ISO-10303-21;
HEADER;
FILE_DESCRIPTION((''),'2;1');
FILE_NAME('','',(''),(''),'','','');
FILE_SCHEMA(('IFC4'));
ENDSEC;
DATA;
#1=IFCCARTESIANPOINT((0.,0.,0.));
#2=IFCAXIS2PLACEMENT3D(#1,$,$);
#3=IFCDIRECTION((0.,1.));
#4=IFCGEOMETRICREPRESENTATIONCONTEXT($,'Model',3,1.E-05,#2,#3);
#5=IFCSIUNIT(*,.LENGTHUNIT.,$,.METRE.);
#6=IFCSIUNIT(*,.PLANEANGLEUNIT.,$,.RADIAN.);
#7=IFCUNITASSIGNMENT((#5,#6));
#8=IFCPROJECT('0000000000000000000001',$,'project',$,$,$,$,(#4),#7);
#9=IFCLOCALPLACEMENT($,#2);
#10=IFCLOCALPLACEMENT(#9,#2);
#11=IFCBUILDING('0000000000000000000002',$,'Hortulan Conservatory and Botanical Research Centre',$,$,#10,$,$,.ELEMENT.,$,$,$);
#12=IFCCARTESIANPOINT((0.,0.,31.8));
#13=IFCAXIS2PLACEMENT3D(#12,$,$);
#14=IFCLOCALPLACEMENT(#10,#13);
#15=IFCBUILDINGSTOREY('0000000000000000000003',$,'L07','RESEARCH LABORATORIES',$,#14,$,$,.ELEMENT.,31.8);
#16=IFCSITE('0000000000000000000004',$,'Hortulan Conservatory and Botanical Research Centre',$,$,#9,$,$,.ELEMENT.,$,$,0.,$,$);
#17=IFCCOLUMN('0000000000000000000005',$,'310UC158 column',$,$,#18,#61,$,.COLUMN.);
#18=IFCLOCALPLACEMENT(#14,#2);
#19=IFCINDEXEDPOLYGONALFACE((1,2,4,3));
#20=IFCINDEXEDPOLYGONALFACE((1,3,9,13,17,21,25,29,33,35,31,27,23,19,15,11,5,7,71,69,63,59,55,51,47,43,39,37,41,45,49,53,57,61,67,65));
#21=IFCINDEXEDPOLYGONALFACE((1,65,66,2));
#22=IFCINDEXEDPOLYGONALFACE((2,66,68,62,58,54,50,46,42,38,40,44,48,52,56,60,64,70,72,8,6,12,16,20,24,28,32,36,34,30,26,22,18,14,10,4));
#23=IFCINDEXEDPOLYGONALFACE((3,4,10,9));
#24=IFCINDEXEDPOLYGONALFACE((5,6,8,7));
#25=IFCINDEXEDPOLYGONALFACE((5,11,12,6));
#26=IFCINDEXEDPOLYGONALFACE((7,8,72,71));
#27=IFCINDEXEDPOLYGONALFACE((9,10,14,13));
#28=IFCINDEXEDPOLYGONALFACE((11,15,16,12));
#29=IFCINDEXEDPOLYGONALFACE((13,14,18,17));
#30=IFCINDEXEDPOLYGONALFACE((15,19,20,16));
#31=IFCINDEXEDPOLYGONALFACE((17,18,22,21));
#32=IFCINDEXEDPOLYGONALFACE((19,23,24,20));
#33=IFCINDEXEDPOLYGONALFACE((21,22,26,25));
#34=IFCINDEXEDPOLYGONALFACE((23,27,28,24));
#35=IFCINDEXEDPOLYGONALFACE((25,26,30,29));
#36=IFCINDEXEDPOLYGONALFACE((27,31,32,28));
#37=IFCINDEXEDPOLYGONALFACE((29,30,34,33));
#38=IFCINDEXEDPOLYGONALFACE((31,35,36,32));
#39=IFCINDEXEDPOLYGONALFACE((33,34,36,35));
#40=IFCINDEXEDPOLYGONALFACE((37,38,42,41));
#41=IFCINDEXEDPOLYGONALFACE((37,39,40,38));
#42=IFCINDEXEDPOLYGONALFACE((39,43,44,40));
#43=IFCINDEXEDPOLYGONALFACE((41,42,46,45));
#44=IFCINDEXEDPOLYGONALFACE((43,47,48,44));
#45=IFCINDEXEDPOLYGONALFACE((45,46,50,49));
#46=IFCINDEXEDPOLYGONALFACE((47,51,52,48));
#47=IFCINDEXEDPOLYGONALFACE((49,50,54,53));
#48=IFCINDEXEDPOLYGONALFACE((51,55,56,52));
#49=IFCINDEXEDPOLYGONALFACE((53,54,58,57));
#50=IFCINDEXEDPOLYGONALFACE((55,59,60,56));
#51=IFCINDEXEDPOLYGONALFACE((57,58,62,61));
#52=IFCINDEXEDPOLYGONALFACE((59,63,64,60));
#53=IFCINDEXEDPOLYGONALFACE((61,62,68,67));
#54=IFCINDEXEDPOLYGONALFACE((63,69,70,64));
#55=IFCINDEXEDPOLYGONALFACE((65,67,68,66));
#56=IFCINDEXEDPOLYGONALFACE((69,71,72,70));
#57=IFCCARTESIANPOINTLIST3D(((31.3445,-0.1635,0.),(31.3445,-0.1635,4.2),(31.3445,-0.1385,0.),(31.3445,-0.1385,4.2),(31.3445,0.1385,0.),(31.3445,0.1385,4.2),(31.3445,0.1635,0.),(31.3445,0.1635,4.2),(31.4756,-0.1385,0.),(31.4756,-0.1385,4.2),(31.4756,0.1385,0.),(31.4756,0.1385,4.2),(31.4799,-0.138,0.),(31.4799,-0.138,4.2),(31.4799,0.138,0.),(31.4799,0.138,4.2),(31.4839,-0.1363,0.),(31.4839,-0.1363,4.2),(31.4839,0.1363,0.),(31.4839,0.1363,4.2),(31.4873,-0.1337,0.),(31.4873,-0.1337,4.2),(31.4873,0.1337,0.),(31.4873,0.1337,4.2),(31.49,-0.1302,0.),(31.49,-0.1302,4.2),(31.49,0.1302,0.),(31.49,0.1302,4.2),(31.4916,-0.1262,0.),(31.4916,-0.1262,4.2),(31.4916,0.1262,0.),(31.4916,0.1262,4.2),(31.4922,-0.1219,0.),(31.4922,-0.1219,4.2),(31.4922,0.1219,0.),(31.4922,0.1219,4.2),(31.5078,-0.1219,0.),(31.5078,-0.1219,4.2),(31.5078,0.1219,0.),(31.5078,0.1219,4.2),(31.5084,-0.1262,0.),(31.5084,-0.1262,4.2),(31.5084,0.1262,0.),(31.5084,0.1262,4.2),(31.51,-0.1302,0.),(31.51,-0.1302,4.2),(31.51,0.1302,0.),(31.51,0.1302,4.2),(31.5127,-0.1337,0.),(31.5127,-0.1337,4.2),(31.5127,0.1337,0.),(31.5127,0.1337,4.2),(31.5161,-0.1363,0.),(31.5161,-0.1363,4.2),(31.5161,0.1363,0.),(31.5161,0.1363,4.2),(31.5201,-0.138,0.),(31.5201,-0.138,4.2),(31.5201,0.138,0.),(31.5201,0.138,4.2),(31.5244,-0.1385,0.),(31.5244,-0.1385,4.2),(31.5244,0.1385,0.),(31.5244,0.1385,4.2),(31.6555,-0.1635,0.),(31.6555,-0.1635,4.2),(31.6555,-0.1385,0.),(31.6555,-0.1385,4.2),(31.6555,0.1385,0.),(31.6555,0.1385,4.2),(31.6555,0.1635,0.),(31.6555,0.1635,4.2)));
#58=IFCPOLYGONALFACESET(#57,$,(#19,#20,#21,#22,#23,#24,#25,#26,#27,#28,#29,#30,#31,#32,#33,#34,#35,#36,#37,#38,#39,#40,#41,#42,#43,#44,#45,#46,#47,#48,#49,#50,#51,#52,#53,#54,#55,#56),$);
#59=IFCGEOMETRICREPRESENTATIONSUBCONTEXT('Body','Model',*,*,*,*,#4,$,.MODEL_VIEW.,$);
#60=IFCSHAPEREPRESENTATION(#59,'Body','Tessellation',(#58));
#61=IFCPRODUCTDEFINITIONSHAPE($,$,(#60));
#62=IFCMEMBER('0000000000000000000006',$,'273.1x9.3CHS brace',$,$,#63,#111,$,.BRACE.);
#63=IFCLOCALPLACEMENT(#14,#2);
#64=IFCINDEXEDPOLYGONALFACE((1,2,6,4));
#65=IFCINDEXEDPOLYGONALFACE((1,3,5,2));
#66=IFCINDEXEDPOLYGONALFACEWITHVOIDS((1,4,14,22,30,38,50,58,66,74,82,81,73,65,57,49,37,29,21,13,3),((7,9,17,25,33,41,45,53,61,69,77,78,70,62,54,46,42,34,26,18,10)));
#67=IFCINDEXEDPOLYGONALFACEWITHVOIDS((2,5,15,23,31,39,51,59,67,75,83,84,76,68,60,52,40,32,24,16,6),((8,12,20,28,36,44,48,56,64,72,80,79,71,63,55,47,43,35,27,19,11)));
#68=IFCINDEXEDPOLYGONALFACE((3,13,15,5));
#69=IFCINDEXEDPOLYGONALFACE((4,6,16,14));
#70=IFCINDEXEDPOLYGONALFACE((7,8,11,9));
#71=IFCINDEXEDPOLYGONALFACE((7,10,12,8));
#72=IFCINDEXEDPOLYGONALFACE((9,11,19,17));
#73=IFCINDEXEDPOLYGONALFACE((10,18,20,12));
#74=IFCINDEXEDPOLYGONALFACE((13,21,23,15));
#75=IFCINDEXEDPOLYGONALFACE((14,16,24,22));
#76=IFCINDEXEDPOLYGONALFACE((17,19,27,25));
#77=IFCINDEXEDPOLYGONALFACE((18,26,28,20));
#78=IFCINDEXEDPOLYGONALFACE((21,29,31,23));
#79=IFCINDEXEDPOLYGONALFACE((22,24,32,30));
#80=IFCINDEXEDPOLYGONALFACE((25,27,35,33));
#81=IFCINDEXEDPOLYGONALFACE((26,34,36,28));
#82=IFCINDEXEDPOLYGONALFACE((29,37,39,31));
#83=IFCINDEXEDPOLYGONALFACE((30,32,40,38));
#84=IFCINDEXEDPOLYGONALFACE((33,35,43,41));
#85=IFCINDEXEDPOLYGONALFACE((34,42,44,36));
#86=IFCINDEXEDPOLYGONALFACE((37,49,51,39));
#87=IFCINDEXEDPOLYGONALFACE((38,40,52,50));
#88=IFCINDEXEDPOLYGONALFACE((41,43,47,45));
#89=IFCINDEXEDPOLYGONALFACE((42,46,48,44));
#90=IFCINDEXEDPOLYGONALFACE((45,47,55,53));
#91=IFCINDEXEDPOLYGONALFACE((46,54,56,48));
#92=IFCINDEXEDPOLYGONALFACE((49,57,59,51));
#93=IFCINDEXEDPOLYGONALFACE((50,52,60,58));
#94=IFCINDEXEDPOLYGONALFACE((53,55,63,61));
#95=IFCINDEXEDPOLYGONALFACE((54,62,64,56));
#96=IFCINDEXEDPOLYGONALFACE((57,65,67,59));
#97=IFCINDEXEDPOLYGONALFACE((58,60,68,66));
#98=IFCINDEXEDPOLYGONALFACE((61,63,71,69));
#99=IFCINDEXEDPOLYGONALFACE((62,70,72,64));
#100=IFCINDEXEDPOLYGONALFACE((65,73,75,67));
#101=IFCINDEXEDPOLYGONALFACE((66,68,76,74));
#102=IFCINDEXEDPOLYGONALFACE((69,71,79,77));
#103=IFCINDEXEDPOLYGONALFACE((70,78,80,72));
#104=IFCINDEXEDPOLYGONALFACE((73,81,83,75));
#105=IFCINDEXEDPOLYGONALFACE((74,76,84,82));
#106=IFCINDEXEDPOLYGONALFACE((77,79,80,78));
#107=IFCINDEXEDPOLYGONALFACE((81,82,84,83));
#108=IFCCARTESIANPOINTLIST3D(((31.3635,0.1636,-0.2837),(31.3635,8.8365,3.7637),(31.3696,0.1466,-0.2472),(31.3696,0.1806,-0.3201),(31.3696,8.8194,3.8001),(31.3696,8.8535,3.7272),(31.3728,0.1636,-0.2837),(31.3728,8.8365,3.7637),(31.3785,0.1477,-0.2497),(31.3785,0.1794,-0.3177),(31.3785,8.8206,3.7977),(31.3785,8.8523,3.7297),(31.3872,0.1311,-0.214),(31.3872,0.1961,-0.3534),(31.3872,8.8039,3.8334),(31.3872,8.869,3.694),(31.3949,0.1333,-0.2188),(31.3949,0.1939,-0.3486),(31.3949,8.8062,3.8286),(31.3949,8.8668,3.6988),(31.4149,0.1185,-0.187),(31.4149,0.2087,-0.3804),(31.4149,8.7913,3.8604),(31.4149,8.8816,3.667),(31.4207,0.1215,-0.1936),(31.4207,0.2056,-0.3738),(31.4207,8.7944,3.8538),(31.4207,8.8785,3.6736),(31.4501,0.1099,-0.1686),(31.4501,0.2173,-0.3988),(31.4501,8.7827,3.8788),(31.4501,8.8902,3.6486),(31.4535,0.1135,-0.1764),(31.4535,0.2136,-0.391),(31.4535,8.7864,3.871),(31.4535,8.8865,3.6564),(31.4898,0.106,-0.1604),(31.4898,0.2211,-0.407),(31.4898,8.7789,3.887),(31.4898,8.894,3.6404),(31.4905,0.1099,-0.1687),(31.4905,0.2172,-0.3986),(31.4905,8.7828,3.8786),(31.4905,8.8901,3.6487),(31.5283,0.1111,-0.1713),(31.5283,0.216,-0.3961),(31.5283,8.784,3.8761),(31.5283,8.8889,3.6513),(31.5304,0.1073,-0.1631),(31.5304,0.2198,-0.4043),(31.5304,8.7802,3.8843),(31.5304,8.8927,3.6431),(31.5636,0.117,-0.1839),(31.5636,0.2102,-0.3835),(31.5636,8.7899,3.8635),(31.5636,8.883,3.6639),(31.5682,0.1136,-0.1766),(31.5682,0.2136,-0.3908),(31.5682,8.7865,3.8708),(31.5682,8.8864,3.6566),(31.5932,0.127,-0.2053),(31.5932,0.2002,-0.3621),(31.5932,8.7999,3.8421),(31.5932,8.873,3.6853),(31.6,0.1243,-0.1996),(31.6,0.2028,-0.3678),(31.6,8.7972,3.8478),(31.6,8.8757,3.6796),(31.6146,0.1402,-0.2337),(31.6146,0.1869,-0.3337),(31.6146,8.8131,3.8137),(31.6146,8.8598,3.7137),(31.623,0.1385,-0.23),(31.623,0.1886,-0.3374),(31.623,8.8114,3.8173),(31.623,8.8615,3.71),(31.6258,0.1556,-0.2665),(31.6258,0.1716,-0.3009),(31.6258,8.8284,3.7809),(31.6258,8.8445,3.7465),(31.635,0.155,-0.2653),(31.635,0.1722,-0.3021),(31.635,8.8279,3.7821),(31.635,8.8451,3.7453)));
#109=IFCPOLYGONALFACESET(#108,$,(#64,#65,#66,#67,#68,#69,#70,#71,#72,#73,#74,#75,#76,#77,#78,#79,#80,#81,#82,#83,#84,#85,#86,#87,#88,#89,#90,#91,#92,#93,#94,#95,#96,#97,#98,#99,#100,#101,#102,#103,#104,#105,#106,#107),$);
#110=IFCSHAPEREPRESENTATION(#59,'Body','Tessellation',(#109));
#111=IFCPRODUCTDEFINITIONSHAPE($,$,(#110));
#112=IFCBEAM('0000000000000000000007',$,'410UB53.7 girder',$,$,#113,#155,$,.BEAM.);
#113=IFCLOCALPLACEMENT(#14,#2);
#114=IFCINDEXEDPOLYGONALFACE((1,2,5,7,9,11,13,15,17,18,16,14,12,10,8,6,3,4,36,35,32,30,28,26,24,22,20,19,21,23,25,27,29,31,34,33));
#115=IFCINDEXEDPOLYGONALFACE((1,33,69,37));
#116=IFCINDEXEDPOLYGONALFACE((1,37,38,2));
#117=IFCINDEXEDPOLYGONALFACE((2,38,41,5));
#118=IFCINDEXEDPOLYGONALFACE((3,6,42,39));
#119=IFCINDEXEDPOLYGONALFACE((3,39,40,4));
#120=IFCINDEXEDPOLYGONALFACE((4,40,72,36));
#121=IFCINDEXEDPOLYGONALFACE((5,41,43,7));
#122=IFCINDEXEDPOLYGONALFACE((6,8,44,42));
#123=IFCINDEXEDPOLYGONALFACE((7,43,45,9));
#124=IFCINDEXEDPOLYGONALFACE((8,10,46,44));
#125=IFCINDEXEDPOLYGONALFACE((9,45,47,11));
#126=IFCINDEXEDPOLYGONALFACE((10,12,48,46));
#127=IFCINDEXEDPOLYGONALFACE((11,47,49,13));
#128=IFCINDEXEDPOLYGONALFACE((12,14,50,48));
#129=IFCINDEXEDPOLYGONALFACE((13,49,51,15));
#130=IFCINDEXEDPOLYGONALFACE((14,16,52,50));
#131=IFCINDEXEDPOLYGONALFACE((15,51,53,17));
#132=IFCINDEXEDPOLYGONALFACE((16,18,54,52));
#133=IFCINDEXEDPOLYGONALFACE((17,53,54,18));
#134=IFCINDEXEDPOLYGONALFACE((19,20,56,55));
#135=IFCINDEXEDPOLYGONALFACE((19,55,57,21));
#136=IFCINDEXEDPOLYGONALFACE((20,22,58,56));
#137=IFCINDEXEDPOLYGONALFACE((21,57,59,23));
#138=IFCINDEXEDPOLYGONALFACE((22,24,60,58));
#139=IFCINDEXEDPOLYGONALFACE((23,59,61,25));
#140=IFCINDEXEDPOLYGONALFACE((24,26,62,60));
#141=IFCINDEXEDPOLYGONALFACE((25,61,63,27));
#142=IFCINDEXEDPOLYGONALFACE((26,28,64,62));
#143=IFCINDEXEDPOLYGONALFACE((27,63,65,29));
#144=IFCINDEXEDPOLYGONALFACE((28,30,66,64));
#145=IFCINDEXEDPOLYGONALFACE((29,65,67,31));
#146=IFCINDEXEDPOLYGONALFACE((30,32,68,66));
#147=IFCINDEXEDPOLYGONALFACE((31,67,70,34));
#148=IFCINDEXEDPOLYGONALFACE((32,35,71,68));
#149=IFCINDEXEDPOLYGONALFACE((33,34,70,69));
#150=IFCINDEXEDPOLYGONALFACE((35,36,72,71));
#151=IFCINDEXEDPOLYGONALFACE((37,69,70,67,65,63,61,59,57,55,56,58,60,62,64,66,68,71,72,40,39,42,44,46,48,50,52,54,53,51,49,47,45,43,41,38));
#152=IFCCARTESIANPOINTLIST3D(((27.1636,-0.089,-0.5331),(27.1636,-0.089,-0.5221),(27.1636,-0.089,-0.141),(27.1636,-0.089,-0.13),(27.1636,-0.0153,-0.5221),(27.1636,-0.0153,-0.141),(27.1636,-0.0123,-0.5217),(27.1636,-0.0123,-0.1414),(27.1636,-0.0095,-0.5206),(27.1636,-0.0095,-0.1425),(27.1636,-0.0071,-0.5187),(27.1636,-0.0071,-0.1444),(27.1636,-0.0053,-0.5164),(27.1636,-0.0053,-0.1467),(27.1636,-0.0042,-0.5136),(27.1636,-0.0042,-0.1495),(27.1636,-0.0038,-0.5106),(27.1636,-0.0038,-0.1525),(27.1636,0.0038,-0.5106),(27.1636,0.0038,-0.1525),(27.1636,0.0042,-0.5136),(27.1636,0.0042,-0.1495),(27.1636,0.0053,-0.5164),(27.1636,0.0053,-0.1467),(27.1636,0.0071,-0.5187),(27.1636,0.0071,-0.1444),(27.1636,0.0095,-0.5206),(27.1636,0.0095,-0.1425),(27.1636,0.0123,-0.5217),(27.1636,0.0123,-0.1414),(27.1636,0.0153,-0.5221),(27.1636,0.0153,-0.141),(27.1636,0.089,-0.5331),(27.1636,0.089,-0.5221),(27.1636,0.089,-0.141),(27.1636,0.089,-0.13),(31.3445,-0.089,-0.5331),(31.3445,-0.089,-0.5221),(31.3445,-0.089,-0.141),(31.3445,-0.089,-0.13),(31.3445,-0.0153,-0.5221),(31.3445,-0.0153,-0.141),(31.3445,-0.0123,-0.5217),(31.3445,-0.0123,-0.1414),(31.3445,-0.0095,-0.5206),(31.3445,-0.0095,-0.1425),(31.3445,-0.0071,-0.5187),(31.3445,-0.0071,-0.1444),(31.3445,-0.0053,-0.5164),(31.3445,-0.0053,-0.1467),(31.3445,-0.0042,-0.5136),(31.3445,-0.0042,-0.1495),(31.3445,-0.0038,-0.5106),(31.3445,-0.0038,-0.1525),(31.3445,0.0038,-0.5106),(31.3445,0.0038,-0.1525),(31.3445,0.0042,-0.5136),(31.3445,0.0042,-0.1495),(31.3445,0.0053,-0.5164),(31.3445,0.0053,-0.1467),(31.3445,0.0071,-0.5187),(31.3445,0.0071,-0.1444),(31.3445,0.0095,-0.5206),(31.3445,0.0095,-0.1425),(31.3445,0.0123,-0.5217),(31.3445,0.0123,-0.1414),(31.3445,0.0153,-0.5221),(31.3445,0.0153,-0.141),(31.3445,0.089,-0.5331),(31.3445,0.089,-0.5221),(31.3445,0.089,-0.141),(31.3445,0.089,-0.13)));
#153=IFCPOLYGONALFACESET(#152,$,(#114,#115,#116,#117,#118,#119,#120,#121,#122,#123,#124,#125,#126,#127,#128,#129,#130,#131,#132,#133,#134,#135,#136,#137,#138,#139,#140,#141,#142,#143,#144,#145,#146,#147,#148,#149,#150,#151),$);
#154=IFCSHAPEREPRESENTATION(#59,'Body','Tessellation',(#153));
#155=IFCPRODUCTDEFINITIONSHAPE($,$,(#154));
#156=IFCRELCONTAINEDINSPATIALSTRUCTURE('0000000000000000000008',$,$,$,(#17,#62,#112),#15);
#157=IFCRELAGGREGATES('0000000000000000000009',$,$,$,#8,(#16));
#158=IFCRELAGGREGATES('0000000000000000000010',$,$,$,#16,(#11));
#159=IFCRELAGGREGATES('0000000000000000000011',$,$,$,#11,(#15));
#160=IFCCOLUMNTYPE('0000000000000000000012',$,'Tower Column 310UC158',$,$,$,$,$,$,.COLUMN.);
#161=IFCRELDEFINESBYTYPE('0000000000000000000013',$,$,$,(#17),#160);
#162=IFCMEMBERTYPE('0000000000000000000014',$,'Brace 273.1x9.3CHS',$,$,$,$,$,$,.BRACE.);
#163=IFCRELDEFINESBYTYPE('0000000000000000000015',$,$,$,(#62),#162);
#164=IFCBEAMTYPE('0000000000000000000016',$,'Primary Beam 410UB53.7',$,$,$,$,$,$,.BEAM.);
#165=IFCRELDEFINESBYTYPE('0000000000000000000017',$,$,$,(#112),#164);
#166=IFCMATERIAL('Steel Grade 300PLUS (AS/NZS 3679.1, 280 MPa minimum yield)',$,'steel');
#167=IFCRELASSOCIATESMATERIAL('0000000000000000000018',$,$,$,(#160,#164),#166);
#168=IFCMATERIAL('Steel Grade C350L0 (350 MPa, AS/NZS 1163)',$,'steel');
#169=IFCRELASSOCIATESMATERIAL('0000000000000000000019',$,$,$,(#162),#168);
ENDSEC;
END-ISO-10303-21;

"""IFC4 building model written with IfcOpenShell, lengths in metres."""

from ifc_helpers import new_model, si_unit, direction, frame, origin, origin_2d, place, context, subcontext, project, spatial, hollow_circle, i_section, extrude, material, material_profile, profile_set, type_object, element, save


model = new_model("IFC4")

# Units and contexts
model_context = context("Model", 3, precision=1e-05, world=origin(), true_north=direction((0.0, 1.0)))
body_context = subcontext(model_context, "Body", "Model", "MODEL_VIEW")
ifc_project = project(units=[si_unit("LENGTHUNIT", "METRE"), si_unit("PLANEANGLEUNIT", "RADIAN")], contexts=[model_context])

# Site, building, storey
site_placement = place(None, origin())
site = spatial("IfcSite", under=ifc_project, at=site_placement, Name="Hortulan Conservatory and Botanical Research Centre", CompositionType="ELEMENT", RefElevation=0.0)
building_placement = place(site_placement, origin())
building = spatial("IfcBuilding", under=site, at=building_placement, Name="Hortulan Conservatory and Botanical Research Centre", CompositionType="ELEMENT")
storey_placement = place(building_placement, frame((0.0, 0.0, 31.8)))
storey = spatial("IfcBuildingStorey", under=building, at=storey_placement, Name="L07", Description="RESEARCH LABORATORIES", CompositionType="ELEMENT", Elevation=31.8)

# Column
ifc_material_1 = material(Name="Steel Grade 300PLUS (AS/NZS 3679.1, 280 MPa minimum yield)", Category="steel")
ifc_material_profile_1 = material_profile(ifc_material_1, i_section(OverallWidth=0.311, OverallDepth=0.3269, WebThickness=0.0156, FlangeThickness=0.0249, FilletRadius=0.0166, at=origin_2d()), Name="310UC158")
ifc_profile_set_1 = profile_set([ifc_material_profile_1], Name="Steel Grade 300PLUS (AS/NZS 3679.1, 280 MPa minimum yield)")
column_type = type_object("IfcColumnType", Name="Tower Column 310UC158", PredefinedType="COLUMN", material=ifc_profile_set_1)
column_placement = place(storey_placement, frame((31.5, 0.0, 0.0), z_axis=(0.0, 0.0, 1.0), x_axis=(1.0, 0.0, 0.0)))
element("IfcColumn", 1, at=column_placement, inside=storey, type_object=column_type, Name="310UC158 column", PredefinedType="COLUMN", context=body_context, shape_type="SweptSolid", body=[
    extrude(i_section(OverallWidth=0.311, OverallDepth=0.3269, WebThickness=0.0156, FlangeThickness=0.0249, FilletRadius=0.0166, at=origin_2d()), origin(), (0.0, 0.0, 1.0), 4.2),
])

# Member
ifc_material_2 = material(Name="Steel Grade C350L0 (350 MPa, AS/NZS 1163)", Category="steel")
ifc_material_profile_2 = material_profile(ifc_material_2, hollow_circle(Radius=0.1365, WallThickness=0.0093, at=origin_2d()), Name="273.1x9.3CHS")
ifc_profile_set_2 = profile_set([ifc_material_profile_2], Name="Steel Grade C350L0 (350 MPa, AS/NZS 1163)")
member_type = type_object("IfcMemberType", Name="Brace 273.1x9.3CHS", PredefinedType="BRACE", material=ifc_profile_set_2)
member_placement = place(storey_placement, frame((31.5, 0.1636, -0.2837), z_axis=(0.0, 0.906182, 0.422888), x_axis=(-1.0, 0.0, 0.0)))
element("IfcMember", 2, at=member_placement, inside=storey, type_object=member_type, Name="273.1x9.3CHS brace", PredefinedType="BRACE", context=body_context, shape_type="SweptSolid", body=[
    extrude(hollow_circle(Radius=0.1365, WallThickness=0.0093, at=origin_2d()), origin(), (0.0, 0.0, 1.0), 9.5708),
])

# Beam
ifc_material_profile_3 = material_profile(ifc_material_1, i_section(OverallWidth=0.178, OverallDepth=0.4031, WebThickness=0.0076, FlangeThickness=0.011, FilletRadius=0.0115, at=origin_2d()), Name="410UB53.7")
ifc_profile_set_3 = profile_set([ifc_material_profile_3], Name="Steel Grade 300PLUS (AS/NZS 3679.1, 280 MPa minimum yield)")
beam_type_1 = type_object("IfcBeamType", Name="Primary Beam 410UB53.7", PredefinedType="BEAM", material=ifc_profile_set_3)
beam_1_placement = place(storey_placement, frame((27.1636, 0.0, -0.3315), z_axis=(1.0, 0.0, 0.0), x_axis=(0.0, 1.0, 0.0)))
element("IfcBeam", 3, at=beam_1_placement, inside=storey, type_object=beam_type_1, Name="410UB53.7 girder", PredefinedType="BEAM", context=body_context, shape_type="SweptSolid", body=[
    extrude(i_section(OverallWidth=0.178, OverallDepth=0.4031, WebThickness=0.0076, FlangeThickness=0.011, FilletRadius=0.0115, at=origin_2d()), origin(), (0.0, 0.0, 1.0), 4.1809),
])

save(model, "model.ifc")
